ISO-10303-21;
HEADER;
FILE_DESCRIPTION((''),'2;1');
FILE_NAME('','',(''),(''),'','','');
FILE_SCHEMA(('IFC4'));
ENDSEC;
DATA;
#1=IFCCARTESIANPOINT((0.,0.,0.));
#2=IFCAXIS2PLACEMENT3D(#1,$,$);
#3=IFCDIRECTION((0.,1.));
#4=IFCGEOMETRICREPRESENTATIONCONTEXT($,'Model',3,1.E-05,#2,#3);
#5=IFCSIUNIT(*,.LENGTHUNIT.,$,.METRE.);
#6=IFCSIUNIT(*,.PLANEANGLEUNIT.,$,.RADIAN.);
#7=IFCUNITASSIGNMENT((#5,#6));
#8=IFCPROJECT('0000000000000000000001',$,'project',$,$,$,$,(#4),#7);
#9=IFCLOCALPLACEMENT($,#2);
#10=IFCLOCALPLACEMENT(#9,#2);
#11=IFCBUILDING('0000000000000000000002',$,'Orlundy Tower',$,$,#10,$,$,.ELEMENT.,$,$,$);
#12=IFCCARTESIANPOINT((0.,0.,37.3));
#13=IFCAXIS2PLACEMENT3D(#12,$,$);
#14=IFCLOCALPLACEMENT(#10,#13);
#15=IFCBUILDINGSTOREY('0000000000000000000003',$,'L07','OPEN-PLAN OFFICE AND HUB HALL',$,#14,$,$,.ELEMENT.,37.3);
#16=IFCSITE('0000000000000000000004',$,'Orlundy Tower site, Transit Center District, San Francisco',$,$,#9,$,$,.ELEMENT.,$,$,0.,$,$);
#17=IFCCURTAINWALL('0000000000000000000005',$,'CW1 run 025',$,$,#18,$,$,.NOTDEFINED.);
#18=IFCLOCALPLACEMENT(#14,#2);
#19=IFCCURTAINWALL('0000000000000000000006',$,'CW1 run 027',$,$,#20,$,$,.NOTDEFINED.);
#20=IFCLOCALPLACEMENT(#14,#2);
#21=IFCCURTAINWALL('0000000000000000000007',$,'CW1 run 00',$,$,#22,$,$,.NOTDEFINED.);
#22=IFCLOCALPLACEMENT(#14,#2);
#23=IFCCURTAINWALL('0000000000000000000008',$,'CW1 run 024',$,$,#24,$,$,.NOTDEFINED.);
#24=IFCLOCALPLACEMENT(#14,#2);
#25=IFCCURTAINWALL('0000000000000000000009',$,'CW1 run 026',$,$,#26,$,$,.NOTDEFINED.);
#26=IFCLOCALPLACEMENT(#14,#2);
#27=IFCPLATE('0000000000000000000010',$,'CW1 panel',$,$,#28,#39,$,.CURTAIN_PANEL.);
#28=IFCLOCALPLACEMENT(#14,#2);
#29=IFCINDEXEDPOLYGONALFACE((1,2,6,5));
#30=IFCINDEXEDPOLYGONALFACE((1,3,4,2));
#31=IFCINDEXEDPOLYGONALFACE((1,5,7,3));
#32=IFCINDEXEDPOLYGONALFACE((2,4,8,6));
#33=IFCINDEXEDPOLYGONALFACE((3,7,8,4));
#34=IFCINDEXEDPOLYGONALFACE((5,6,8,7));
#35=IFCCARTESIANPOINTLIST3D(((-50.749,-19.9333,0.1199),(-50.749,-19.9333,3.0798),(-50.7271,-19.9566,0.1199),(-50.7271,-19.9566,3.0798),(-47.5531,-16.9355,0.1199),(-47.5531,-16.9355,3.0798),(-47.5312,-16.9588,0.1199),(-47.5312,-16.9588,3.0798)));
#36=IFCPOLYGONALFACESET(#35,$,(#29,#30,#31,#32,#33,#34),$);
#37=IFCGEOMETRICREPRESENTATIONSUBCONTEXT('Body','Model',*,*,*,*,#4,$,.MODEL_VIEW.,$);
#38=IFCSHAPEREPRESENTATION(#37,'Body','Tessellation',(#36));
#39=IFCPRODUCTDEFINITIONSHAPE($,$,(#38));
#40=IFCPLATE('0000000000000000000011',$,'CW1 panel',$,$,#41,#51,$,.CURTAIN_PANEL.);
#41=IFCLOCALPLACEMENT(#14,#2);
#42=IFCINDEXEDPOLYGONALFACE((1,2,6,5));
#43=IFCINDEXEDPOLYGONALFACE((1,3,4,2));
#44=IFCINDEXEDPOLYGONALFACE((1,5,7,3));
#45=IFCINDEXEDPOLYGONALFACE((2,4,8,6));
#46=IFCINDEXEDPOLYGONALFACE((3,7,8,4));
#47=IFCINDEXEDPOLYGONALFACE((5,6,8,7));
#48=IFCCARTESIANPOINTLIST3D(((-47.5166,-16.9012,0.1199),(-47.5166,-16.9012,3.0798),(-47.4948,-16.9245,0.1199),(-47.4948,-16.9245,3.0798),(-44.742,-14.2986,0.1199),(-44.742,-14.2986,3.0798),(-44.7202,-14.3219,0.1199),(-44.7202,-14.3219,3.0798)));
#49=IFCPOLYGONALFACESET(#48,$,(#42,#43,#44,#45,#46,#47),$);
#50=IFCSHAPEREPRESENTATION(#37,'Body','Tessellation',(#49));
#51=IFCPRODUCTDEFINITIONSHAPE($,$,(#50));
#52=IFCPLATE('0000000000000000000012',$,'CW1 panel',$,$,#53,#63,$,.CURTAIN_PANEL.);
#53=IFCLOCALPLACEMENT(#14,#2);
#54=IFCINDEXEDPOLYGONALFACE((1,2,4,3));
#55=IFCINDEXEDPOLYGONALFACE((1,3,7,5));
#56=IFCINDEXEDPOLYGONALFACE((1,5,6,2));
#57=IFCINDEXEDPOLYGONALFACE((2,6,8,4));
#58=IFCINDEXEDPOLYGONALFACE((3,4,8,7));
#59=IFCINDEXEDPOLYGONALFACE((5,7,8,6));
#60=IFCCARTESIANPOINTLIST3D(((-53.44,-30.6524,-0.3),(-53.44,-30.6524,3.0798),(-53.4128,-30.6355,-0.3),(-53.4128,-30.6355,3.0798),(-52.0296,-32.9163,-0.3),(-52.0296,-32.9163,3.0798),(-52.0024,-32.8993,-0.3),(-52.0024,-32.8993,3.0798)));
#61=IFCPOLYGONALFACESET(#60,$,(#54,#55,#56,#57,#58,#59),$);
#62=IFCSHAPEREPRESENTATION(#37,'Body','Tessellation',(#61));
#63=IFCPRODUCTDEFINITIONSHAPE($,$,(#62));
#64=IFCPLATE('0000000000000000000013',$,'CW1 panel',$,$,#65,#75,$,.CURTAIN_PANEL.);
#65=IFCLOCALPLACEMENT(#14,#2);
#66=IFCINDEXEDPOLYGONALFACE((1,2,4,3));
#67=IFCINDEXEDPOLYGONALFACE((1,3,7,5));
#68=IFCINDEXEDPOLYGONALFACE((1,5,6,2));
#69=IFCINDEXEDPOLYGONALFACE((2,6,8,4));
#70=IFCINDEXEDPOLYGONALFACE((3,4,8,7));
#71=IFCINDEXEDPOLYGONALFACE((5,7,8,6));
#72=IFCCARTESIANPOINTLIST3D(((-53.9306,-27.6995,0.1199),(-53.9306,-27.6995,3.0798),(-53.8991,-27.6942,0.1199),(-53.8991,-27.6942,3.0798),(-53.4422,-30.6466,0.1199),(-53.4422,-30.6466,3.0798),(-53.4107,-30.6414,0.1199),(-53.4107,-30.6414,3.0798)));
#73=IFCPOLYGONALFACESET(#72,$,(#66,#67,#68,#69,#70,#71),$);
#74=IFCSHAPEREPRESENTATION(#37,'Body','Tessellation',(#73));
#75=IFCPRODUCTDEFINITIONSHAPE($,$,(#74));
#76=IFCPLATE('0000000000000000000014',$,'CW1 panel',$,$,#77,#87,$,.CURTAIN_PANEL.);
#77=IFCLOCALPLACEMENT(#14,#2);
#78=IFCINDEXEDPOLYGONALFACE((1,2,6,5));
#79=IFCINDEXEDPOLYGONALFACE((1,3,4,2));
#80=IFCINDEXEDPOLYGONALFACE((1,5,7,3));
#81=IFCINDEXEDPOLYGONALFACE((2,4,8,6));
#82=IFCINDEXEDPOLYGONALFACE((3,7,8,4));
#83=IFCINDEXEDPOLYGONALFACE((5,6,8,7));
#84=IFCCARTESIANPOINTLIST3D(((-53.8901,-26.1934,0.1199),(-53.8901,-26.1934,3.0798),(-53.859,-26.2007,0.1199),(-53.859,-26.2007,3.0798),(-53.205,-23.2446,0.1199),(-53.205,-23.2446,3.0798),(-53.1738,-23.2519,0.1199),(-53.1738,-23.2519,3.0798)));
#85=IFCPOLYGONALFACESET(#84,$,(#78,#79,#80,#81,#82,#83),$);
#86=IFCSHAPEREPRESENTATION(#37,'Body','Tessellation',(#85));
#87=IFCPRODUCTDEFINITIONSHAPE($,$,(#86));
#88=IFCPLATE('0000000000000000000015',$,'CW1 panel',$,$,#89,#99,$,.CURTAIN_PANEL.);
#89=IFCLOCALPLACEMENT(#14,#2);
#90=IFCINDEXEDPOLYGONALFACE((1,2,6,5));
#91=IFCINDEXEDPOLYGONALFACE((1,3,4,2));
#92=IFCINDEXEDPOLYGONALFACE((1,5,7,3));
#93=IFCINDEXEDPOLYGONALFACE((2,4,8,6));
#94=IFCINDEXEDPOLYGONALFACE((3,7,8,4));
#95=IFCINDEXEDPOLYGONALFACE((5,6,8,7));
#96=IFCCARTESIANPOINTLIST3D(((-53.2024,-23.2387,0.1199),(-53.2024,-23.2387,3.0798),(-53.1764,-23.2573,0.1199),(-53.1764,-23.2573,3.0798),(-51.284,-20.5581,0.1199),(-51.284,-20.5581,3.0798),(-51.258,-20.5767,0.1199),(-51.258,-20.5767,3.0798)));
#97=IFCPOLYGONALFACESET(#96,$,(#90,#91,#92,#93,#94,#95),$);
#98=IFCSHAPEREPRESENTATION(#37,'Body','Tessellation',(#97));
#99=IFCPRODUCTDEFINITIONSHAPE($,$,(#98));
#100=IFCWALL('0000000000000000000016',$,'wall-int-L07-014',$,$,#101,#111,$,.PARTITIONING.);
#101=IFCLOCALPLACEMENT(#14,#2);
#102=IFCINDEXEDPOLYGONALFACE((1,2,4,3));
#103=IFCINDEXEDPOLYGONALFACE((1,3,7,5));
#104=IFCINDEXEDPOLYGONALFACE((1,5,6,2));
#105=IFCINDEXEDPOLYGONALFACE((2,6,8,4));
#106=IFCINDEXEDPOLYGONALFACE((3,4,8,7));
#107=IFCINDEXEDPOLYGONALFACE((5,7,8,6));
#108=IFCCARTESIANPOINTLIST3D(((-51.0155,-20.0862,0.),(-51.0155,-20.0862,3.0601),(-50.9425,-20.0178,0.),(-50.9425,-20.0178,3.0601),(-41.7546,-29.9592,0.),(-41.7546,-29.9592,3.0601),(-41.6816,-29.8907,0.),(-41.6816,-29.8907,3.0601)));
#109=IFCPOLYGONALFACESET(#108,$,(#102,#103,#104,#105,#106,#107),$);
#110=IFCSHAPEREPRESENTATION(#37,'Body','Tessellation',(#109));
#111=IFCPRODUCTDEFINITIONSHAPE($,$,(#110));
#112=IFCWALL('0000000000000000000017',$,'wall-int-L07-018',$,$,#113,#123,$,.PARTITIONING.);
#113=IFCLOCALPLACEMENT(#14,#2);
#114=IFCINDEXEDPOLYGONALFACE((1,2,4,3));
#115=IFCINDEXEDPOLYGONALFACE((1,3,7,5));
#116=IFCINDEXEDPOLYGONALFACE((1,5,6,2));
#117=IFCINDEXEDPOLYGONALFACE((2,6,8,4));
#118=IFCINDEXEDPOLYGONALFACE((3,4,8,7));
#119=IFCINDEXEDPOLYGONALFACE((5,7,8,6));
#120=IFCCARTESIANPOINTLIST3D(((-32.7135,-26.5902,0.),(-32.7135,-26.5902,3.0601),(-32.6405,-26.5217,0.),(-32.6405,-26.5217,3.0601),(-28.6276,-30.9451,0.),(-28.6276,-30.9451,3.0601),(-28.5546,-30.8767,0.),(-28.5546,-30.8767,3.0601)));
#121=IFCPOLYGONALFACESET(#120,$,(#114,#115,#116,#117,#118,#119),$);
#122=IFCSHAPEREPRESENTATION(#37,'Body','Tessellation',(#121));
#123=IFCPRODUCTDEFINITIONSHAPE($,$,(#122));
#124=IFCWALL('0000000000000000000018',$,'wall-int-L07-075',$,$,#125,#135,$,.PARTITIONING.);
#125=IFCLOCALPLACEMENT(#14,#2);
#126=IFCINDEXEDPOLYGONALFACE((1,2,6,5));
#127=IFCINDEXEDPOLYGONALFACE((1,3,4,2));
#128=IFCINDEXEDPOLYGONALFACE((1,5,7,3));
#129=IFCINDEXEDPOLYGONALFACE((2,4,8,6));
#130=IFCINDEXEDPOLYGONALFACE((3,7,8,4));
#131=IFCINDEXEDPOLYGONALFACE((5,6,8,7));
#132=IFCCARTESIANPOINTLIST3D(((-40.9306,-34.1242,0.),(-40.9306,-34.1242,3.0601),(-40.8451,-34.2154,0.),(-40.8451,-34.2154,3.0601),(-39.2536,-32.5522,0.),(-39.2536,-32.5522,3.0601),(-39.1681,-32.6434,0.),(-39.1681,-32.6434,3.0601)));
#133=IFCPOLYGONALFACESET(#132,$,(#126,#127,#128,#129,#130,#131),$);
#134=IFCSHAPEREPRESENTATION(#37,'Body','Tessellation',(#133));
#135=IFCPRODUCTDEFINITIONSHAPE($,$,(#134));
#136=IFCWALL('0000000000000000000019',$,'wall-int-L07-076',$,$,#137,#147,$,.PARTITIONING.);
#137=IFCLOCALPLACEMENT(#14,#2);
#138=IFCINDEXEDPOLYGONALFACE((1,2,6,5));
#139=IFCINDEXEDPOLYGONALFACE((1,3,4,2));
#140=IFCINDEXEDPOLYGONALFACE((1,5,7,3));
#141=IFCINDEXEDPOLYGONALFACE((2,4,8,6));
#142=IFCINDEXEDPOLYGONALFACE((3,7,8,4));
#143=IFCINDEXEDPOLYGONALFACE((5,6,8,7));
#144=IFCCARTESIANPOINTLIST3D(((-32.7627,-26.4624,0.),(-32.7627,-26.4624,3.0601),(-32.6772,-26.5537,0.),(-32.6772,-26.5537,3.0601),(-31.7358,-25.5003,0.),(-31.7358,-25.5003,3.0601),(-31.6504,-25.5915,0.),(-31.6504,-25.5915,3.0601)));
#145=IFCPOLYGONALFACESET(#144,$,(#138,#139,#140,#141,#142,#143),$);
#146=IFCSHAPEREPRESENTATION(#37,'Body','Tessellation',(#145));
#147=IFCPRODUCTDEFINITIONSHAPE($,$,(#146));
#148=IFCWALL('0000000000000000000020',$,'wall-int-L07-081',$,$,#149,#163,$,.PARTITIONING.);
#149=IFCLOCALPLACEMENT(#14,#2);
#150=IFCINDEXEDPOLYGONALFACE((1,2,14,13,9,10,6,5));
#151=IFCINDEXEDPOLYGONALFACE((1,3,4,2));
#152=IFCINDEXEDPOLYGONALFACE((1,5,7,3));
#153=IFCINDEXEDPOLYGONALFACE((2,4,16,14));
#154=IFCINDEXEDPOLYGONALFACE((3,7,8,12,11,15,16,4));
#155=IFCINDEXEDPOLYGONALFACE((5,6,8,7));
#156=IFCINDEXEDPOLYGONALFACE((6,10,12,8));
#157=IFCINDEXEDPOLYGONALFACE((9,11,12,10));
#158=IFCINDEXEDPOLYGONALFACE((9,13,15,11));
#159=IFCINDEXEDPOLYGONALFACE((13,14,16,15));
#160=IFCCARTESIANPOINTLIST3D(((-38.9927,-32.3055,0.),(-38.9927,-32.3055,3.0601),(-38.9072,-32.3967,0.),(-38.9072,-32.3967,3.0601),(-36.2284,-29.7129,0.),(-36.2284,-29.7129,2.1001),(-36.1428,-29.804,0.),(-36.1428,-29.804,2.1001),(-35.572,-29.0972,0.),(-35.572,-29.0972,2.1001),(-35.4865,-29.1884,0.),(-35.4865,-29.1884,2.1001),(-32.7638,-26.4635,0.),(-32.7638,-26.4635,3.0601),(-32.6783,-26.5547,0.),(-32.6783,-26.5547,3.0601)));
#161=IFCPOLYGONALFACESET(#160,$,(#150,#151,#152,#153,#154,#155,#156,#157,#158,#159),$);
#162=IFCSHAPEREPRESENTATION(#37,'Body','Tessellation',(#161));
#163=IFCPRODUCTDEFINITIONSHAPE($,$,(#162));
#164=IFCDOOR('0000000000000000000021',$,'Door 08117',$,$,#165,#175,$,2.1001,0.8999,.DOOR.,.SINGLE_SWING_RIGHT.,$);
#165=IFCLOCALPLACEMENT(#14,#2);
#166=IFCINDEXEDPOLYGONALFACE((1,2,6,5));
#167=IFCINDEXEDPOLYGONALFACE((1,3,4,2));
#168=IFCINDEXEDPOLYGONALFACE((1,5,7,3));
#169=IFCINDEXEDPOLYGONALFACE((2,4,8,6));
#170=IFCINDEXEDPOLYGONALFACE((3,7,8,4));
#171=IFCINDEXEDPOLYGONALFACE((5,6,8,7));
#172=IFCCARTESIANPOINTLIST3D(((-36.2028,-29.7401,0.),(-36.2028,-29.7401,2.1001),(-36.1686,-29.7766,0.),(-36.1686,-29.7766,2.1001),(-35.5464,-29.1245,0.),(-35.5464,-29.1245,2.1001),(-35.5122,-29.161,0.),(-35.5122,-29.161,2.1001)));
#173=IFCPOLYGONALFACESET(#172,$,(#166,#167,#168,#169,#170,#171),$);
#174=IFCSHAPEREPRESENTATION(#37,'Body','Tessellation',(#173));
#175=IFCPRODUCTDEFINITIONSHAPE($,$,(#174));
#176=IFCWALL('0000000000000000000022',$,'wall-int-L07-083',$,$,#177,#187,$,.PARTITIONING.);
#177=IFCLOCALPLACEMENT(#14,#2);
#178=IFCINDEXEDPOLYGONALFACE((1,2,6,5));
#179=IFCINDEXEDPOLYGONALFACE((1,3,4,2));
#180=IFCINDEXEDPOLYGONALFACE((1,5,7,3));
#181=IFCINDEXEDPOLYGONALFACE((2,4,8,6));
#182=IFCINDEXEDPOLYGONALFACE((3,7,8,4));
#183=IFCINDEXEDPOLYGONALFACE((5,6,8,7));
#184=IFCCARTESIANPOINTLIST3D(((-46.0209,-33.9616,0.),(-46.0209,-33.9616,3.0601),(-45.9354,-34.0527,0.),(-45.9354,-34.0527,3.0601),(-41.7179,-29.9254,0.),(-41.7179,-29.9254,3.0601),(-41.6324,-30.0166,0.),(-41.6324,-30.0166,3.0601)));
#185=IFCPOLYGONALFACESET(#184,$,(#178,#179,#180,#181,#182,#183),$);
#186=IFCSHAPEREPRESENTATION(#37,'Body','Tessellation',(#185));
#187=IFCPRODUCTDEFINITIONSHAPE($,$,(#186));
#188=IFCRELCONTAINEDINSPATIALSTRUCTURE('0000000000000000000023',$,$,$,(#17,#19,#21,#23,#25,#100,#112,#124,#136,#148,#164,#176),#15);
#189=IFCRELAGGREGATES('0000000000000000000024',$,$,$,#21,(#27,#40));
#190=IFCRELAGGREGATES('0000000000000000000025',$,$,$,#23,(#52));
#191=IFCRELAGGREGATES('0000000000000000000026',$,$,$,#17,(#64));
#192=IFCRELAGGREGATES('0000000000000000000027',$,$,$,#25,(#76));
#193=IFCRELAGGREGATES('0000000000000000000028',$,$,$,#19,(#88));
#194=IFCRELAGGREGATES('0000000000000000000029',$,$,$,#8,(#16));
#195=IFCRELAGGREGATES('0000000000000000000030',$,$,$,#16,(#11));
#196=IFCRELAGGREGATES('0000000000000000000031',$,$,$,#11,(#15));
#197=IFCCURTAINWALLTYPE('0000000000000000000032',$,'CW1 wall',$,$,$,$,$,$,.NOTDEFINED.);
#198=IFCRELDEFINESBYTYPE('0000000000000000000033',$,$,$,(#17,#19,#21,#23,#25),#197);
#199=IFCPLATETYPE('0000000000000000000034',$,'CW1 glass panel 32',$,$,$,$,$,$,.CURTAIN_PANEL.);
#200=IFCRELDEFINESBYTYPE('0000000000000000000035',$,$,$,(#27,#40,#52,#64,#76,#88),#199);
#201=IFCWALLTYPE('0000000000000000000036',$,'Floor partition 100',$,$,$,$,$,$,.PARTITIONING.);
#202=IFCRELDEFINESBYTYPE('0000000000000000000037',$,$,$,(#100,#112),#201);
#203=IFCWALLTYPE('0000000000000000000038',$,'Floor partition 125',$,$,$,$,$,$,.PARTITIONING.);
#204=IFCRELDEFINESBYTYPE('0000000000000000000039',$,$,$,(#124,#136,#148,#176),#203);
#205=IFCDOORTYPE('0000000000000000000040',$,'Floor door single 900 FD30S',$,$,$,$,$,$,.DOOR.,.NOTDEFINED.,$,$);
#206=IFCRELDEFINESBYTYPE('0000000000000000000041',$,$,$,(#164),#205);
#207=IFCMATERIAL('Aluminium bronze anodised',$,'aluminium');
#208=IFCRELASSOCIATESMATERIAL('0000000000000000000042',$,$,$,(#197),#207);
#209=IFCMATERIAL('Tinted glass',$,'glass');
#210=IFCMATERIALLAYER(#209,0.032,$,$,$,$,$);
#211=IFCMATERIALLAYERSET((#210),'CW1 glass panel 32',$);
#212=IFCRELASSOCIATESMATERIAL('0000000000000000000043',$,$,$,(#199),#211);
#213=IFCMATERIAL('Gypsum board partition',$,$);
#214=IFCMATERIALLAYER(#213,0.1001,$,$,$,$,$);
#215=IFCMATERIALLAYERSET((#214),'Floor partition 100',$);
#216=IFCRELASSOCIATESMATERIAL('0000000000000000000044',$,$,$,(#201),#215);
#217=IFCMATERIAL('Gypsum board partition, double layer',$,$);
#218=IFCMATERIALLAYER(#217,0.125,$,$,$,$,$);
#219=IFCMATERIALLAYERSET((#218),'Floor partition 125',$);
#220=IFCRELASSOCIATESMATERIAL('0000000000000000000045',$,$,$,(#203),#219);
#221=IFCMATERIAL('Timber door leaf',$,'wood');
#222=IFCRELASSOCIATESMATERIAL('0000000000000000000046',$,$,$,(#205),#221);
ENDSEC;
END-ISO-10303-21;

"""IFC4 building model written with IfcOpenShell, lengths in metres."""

from ifc_helpers import new_model, si_unit, direction, frame, frame_2d, origin, origin_2d, place, context, subcontext, project, spatial, rectangle, extrude, material, layer, layer_set, type_object, element, fill, aggregate, save


model = new_model("IFC4")

# Units and contexts
model_context = context("Model", 3, precision=1e-05, world=origin(), true_north=direction((0.0, 1.0)))
body_context = subcontext(model_context, "Body", "Model", "MODEL_VIEW")
ifc_project = project(units=[si_unit("LENGTHUNIT", "METRE"), si_unit("PLANEANGLEUNIT", "RADIAN")], contexts=[model_context])

# Site, building, storey
site_placement = place(None, origin())
site = spatial("IfcSite", under=ifc_project, at=site_placement, Name="Orlundy Tower site, Transit Center District, San Francisco", CompositionType="ELEMENT", RefElevation=0.0)
building_placement = place(site_placement, origin())
building = spatial("IfcBuilding", under=site, at=building_placement, Name="Orlundy Tower", CompositionType="ELEMENT")
storey_placement = place(building_placement, frame((0.0, 0.0, 37.3)))
storey = spatial("IfcBuildingStorey", under=building, at=storey_placement, Name="L07", Description="OPEN-PLAN OFFICE AND HUB HALL", CompositionType="ELEMENT", Elevation=37.3)

# Curtain walls
ifc_material_1 = material(Name="Aluminium bronze anodised", Category="aluminium")
curtain_wall_type = type_object("IfcCurtainWallType", Name="CW1 wall", PredefinedType="NOTDEFINED", material=ifc_material_1)
curtain_wall_1_placement = place(storey_placement, origin())
curtain_wall_1 = element("IfcCurtainWall", 1, at=curtain_wall_1_placement, inside=storey, type_object=curtain_wall_type, Name="CW1 run 025", PredefinedType="NOTDEFINED")
curtain_wall_2_placement = place(storey_placement, origin())
curtain_wall_2 = element("IfcCurtainWall", 2, at=curtain_wall_2_placement, inside=storey, type_object=curtain_wall_type, Name="CW1 run 027", PredefinedType="NOTDEFINED")

# Curtain wall
curtain_wall_3_placement = place(storey_placement, origin())
curtain_wall_3 = element("IfcCurtainWall", 3, at=curtain_wall_3_placement, inside=storey, type_object=curtain_wall_type, Name="CW1 run 00", PredefinedType="NOTDEFINED")

# Curtain wall
curtain_wall_4_placement = place(storey_placement, origin())
curtain_wall_4 = element("IfcCurtainWall", 4, at=curtain_wall_4_placement, inside=storey, type_object=curtain_wall_type, Name="CW1 run 024", PredefinedType="NOTDEFINED")

# Curtain wall
curtain_wall_5_placement = place(storey_placement, origin())
curtain_wall_5 = element("IfcCurtainWall", 5, at=curtain_wall_5_placement, inside=storey, type_object=curtain_wall_type, Name="CW1 run 026", PredefinedType="NOTDEFINED")

# Plates
ifc_material_2 = material(Name="Tinted glass", Category="glass")
ifc_layer_1 = layer(ifc_material_2, 0.032)
ifc_layer_set_1 = layer_set([ifc_layer_1], Name="CW1 glass panel 32")
plate_type = type_object("IfcPlateType", Name="CW1 glass panel 32", PredefinedType="CURTAIN_PANEL", material=ifc_layer_set_1)
plate_1_placement = place(storey_placement, frame((-49.1401, -18.446, 0.1199), z_axis=(0.0, 0.0, 1.0), x_axis=(0.729351, 0.684139, 0.0)))
plate_1 = element("IfcPlate", 6, at=plate_1_placement, type_object=plate_type, Name="CW1 panel", PredefinedType="CURTAIN_PANEL", context=body_context, shape_type="SweptSolid", body=[
    extrude(rectangle(XDim=4.3818, YDim=0.032, at=origin_2d()), origin(), (0.0, 0.0, 1.0), 2.96),
])
plate_2_placement = place(storey_placement, frame((-46.1184, -15.6116, 0.1199), z_axis=(0.0, 0.0, 1.0), x_axis=(0.729351, 0.684139, 0.0)))
plate_2 = element("IfcPlate", 7, at=plate_2_placement, type_object=plate_type, Name="CW1 panel", PredefinedType="CURTAIN_PANEL", context=body_context, shape_type="SweptSolid", body=[
    extrude(rectangle(XDim=3.8042, YDim=0.032, at=origin_2d()), origin(), (0.0, 0.0, 1.0), 2.96),
])
aggregate(curtain_wall_3, [plate_1, plate_2])
plate_3_placement = place(storey_placement, frame((-52.7212, -31.7759, -0.3), z_axis=(0.0, 0.0, 1.0), x_axis=(-0.528786, 0.848755, 0.0)))
plate_3 = element("IfcPlate", 8, at=plate_3_placement, type_object=plate_type, Name="CW1 panel", PredefinedType="CURTAIN_PANEL", context=body_context, shape_type="SweptSolid", body=[
    extrude(rectangle(XDim=2.6672, YDim=0.032, at=origin_2d()), origin(), (0.0, 0.0, 1.0), 3.3799),
])
aggregate(curtain_wall_4, [plate_3])
plate_4_placement = place(storey_placement, frame((-53.6707, -29.1704, 0.1199), z_axis=(0.0, 0.0, 1.0), x_axis=(-0.16348, 0.986547, 0.0)))
plate_4 = element("IfcPlate", 9, at=plate_4_placement, type_object=plate_type, Name="CW1 panel", PredefinedType="CURTAIN_PANEL", context=body_context, shape_type="SweptSolid", body=[
    extrude(rectangle(XDim=2.9873, YDim=0.032, at=origin_2d()), origin(), (0.0, 0.0, 1.0), 2.96),
])
aggregate(curtain_wall_1, [plate_4])
plate_5_placement = place(storey_placement, frame((-53.532, -24.7227, 0.1199), z_axis=(0.0, 0.0, 1.0), x_axis=(0.226317, 0.974054, 0.0)))
plate_5 = element("IfcPlate", 10, at=plate_5_placement, type_object=plate_type, Name="CW1 panel", PredefinedType="CURTAIN_PANEL", context=body_context, shape_type="SweptSolid", body=[
    extrude(rectangle(XDim=3.0273, YDim=0.032, at=origin_2d()), origin(), (0.0, 0.0, 1.0), 2.96),
])
aggregate(curtain_wall_5, [plate_5])
plate_6_placement = place(storey_placement, frame((-52.2302, -21.9077, 0.1199), z_axis=(0.0, 0.0, 1.0), x_axis=(0.581978, 0.813204, 0.0)))
plate_6 = element("IfcPlate", 11, at=plate_6_placement, type_object=plate_type, Name="CW1 panel", PredefinedType="CURTAIN_PANEL", context=body_context, shape_type="SweptSolid", body=[
    extrude(rectangle(XDim=3.2964, YDim=0.032, at=origin_2d()), origin(), (0.0, 0.0, 1.0), 2.96),
])
aggregate(curtain_wall_2, [plate_6])

# Walls
ifc_material_3 = material(Name="Gypsum board partition")
ifc_layer_2 = layer(ifc_material_3, 0.1001)
ifc_layer_set_2 = layer_set([ifc_layer_2], Name="Floor partition 100")
wall_type_1 = type_object("IfcWallType", Name="Floor partition 100", PredefinedType="PARTITIONING", material=ifc_layer_set_2)
wall_1_placement = place(storey_placement, frame((-50.979, -20.052, 0.0), z_axis=(0.0, 0.0, 1.0), x_axis=(0.684138, -0.729353, 0.0)))
element("IfcWall", 12, at=wall_1_placement, inside=storey, type_object=wall_type_1, Name="wall-int-L07-014", PredefinedType="PARTITIONING", context=body_context, shape_type="SweptSolid", body=[
    extrude(rectangle(XDim=13.5366, YDim=0.1001, at=frame_2d((6.7683, 0.0))), origin(), (0.0, 0.0, 1.0), 3.0601),
])
wall_2_placement = place(storey_placement, frame((-32.677, -26.5559, 0.0), z_axis=(0.0, 0.0, 1.0), x_axis=(0.684221, -0.729275, 0.0)))
element("IfcWall", 13, at=wall_2_placement, inside=storey, type_object=wall_type_1, Name="wall-int-L07-018", PredefinedType="PARTITIONING", context=body_context, shape_type="SweptSolid", body=[
    extrude(rectangle(XDim=5.9717, YDim=0.1001, at=frame_2d((2.9858, 0.0))), origin(), (0.0, 0.0, 1.0), 3.0601),
])
ifc_material_4 = material(Name="Gypsum board partition, double layer")
ifc_layer_3 = layer(ifc_material_4, 0.125)
ifc_layer_set_3 = layer_set([ifc_layer_3], Name="Floor partition 125")
wall_type_2 = type_object("IfcWallType", Name="Floor partition 125", PredefinedType="PARTITIONING", material=ifc_layer_set_3)
wall_3_placement = place(storey_placement, frame((-40.8879, -34.1699, 0.0), z_axis=(0.0, 0.0, 1.0), x_axis=(0.729574, 0.683902, 0.0)))
element("IfcWall", 14, at=wall_3_placement, inside=storey, type_object=wall_type_2, Name="wall-int-L07-075", PredefinedType="PARTITIONING", context=body_context, shape_type="SweptSolid", body=[
    extrude(rectangle(XDim=2.2986, YDim=0.125, at=frame_2d((1.1494, 0.0))), origin(), (0.0, 0.0, 1.0), 3.0601),
])
wall_4_placement = place(storey_placement, frame((-32.72, -26.5081, 0.0), z_axis=(0.0, 0.0, 1.0), x_axis=(0.729721, 0.683745, 0.0)))
element("IfcWall", 15, at=wall_4_placement, inside=storey, type_object=wall_type_2, Name="wall-int-L07-076", PredefinedType="PARTITIONING", context=body_context, shape_type="SweptSolid", body=[
    extrude(rectangle(XDim=1.4072, YDim=0.125, at=frame_2d((0.7036, 0.0))), origin(), (0.0, 0.0, 1.0), 3.0601),
])

# Wall, opening, door
wall_5_placement = place(storey_placement, frame((-32.7209, -26.509, 0.0), z_axis=(0.0, 0.0, 1.0), x_axis=(-0.7294, -0.684088, 0.0)))
wall_5 = element("IfcWall", 16, at=wall_5_placement, inside=storey, type_object=wall_type_2, Name="wall-int-L07-081", PredefinedType="PARTITIONING", context=body_context, shape_type="SweptSolid", body=[
    extrude(rectangle(XDim=8.5398, YDim=0.125, at=frame_2d((4.27, 0.0))), origin(), (0.0, 0.0, 1.0), 3.0601),
])
opening_1_placement = place(wall_5_placement, frame((3.8501, 0.0, 0.0)))
opening_1 = element("IfcOpeningElement", 17, at=opening_1_placement, cuts=wall_5, PredefinedType="OPENING", context=body_context, shape_type="SweptSolid", body=[
    extrude(rectangle(XDim=0.8999, YDim=2.1001, at=frame_2d((0.45, 1.05))), frame((0.0, 0.0725, 0.0), z_axis=(0.0, -1.0, 0.0), x_axis=(1.0, 0.0, 0.0)), (0.0, 0.0, 1.0), 0.145),
])
ifc_material_5 = material(Name="Timber door leaf", Category="wood")
door_type_1 = type_object("IfcDoorType", Name="Floor door single 900 FD30S", OperationType="NOTDEFINED", PredefinedType="DOOR", material=ifc_material_5)
door_1_placement = place(opening_1_placement, origin())
door_1 = element("IfcDoor", 18, at=door_1_placement, inside=storey, type_object=door_type_1, Name="Door 08117", OperationType="SINGLE_SWING_RIGHT", OverallHeight=2.1001, OverallWidth=0.8999, PredefinedType="DOOR", context=body_context, shape_type="SweptSolid", body=[
    extrude(rectangle(XDim=0.8999, YDim=2.1001, at=frame_2d((0.45, 1.05))), frame((0.0, 0.0249, 0.0), z_axis=(0.0, -1.0, 0.0), x_axis=(1.0, 0.0, 0.0)), (0.0, 0.0, 1.0), 0.05),
])
fill(opening_1, door_1)

# Wall
wall_6_placement = place(storey_placement, frame((-45.978, -34.0071, 0.0), z_axis=(0.0, 0.0, 1.0), x_axis=(0.72936, 0.68413, 0.0)))
element("IfcWall", 19, at=wall_6_placement, inside=storey, type_object=wall_type_2, Name="wall-int-L07-083", PredefinedType="PARTITIONING", context=body_context, shape_type="SweptSolid", body=[
    extrude(rectangle(XDim=5.8997, YDim=0.125, at=frame_2d((2.9497, 0.0))), origin(), (0.0, 0.0, 1.0), 3.0601),
])

save(model, "model.ifc")
